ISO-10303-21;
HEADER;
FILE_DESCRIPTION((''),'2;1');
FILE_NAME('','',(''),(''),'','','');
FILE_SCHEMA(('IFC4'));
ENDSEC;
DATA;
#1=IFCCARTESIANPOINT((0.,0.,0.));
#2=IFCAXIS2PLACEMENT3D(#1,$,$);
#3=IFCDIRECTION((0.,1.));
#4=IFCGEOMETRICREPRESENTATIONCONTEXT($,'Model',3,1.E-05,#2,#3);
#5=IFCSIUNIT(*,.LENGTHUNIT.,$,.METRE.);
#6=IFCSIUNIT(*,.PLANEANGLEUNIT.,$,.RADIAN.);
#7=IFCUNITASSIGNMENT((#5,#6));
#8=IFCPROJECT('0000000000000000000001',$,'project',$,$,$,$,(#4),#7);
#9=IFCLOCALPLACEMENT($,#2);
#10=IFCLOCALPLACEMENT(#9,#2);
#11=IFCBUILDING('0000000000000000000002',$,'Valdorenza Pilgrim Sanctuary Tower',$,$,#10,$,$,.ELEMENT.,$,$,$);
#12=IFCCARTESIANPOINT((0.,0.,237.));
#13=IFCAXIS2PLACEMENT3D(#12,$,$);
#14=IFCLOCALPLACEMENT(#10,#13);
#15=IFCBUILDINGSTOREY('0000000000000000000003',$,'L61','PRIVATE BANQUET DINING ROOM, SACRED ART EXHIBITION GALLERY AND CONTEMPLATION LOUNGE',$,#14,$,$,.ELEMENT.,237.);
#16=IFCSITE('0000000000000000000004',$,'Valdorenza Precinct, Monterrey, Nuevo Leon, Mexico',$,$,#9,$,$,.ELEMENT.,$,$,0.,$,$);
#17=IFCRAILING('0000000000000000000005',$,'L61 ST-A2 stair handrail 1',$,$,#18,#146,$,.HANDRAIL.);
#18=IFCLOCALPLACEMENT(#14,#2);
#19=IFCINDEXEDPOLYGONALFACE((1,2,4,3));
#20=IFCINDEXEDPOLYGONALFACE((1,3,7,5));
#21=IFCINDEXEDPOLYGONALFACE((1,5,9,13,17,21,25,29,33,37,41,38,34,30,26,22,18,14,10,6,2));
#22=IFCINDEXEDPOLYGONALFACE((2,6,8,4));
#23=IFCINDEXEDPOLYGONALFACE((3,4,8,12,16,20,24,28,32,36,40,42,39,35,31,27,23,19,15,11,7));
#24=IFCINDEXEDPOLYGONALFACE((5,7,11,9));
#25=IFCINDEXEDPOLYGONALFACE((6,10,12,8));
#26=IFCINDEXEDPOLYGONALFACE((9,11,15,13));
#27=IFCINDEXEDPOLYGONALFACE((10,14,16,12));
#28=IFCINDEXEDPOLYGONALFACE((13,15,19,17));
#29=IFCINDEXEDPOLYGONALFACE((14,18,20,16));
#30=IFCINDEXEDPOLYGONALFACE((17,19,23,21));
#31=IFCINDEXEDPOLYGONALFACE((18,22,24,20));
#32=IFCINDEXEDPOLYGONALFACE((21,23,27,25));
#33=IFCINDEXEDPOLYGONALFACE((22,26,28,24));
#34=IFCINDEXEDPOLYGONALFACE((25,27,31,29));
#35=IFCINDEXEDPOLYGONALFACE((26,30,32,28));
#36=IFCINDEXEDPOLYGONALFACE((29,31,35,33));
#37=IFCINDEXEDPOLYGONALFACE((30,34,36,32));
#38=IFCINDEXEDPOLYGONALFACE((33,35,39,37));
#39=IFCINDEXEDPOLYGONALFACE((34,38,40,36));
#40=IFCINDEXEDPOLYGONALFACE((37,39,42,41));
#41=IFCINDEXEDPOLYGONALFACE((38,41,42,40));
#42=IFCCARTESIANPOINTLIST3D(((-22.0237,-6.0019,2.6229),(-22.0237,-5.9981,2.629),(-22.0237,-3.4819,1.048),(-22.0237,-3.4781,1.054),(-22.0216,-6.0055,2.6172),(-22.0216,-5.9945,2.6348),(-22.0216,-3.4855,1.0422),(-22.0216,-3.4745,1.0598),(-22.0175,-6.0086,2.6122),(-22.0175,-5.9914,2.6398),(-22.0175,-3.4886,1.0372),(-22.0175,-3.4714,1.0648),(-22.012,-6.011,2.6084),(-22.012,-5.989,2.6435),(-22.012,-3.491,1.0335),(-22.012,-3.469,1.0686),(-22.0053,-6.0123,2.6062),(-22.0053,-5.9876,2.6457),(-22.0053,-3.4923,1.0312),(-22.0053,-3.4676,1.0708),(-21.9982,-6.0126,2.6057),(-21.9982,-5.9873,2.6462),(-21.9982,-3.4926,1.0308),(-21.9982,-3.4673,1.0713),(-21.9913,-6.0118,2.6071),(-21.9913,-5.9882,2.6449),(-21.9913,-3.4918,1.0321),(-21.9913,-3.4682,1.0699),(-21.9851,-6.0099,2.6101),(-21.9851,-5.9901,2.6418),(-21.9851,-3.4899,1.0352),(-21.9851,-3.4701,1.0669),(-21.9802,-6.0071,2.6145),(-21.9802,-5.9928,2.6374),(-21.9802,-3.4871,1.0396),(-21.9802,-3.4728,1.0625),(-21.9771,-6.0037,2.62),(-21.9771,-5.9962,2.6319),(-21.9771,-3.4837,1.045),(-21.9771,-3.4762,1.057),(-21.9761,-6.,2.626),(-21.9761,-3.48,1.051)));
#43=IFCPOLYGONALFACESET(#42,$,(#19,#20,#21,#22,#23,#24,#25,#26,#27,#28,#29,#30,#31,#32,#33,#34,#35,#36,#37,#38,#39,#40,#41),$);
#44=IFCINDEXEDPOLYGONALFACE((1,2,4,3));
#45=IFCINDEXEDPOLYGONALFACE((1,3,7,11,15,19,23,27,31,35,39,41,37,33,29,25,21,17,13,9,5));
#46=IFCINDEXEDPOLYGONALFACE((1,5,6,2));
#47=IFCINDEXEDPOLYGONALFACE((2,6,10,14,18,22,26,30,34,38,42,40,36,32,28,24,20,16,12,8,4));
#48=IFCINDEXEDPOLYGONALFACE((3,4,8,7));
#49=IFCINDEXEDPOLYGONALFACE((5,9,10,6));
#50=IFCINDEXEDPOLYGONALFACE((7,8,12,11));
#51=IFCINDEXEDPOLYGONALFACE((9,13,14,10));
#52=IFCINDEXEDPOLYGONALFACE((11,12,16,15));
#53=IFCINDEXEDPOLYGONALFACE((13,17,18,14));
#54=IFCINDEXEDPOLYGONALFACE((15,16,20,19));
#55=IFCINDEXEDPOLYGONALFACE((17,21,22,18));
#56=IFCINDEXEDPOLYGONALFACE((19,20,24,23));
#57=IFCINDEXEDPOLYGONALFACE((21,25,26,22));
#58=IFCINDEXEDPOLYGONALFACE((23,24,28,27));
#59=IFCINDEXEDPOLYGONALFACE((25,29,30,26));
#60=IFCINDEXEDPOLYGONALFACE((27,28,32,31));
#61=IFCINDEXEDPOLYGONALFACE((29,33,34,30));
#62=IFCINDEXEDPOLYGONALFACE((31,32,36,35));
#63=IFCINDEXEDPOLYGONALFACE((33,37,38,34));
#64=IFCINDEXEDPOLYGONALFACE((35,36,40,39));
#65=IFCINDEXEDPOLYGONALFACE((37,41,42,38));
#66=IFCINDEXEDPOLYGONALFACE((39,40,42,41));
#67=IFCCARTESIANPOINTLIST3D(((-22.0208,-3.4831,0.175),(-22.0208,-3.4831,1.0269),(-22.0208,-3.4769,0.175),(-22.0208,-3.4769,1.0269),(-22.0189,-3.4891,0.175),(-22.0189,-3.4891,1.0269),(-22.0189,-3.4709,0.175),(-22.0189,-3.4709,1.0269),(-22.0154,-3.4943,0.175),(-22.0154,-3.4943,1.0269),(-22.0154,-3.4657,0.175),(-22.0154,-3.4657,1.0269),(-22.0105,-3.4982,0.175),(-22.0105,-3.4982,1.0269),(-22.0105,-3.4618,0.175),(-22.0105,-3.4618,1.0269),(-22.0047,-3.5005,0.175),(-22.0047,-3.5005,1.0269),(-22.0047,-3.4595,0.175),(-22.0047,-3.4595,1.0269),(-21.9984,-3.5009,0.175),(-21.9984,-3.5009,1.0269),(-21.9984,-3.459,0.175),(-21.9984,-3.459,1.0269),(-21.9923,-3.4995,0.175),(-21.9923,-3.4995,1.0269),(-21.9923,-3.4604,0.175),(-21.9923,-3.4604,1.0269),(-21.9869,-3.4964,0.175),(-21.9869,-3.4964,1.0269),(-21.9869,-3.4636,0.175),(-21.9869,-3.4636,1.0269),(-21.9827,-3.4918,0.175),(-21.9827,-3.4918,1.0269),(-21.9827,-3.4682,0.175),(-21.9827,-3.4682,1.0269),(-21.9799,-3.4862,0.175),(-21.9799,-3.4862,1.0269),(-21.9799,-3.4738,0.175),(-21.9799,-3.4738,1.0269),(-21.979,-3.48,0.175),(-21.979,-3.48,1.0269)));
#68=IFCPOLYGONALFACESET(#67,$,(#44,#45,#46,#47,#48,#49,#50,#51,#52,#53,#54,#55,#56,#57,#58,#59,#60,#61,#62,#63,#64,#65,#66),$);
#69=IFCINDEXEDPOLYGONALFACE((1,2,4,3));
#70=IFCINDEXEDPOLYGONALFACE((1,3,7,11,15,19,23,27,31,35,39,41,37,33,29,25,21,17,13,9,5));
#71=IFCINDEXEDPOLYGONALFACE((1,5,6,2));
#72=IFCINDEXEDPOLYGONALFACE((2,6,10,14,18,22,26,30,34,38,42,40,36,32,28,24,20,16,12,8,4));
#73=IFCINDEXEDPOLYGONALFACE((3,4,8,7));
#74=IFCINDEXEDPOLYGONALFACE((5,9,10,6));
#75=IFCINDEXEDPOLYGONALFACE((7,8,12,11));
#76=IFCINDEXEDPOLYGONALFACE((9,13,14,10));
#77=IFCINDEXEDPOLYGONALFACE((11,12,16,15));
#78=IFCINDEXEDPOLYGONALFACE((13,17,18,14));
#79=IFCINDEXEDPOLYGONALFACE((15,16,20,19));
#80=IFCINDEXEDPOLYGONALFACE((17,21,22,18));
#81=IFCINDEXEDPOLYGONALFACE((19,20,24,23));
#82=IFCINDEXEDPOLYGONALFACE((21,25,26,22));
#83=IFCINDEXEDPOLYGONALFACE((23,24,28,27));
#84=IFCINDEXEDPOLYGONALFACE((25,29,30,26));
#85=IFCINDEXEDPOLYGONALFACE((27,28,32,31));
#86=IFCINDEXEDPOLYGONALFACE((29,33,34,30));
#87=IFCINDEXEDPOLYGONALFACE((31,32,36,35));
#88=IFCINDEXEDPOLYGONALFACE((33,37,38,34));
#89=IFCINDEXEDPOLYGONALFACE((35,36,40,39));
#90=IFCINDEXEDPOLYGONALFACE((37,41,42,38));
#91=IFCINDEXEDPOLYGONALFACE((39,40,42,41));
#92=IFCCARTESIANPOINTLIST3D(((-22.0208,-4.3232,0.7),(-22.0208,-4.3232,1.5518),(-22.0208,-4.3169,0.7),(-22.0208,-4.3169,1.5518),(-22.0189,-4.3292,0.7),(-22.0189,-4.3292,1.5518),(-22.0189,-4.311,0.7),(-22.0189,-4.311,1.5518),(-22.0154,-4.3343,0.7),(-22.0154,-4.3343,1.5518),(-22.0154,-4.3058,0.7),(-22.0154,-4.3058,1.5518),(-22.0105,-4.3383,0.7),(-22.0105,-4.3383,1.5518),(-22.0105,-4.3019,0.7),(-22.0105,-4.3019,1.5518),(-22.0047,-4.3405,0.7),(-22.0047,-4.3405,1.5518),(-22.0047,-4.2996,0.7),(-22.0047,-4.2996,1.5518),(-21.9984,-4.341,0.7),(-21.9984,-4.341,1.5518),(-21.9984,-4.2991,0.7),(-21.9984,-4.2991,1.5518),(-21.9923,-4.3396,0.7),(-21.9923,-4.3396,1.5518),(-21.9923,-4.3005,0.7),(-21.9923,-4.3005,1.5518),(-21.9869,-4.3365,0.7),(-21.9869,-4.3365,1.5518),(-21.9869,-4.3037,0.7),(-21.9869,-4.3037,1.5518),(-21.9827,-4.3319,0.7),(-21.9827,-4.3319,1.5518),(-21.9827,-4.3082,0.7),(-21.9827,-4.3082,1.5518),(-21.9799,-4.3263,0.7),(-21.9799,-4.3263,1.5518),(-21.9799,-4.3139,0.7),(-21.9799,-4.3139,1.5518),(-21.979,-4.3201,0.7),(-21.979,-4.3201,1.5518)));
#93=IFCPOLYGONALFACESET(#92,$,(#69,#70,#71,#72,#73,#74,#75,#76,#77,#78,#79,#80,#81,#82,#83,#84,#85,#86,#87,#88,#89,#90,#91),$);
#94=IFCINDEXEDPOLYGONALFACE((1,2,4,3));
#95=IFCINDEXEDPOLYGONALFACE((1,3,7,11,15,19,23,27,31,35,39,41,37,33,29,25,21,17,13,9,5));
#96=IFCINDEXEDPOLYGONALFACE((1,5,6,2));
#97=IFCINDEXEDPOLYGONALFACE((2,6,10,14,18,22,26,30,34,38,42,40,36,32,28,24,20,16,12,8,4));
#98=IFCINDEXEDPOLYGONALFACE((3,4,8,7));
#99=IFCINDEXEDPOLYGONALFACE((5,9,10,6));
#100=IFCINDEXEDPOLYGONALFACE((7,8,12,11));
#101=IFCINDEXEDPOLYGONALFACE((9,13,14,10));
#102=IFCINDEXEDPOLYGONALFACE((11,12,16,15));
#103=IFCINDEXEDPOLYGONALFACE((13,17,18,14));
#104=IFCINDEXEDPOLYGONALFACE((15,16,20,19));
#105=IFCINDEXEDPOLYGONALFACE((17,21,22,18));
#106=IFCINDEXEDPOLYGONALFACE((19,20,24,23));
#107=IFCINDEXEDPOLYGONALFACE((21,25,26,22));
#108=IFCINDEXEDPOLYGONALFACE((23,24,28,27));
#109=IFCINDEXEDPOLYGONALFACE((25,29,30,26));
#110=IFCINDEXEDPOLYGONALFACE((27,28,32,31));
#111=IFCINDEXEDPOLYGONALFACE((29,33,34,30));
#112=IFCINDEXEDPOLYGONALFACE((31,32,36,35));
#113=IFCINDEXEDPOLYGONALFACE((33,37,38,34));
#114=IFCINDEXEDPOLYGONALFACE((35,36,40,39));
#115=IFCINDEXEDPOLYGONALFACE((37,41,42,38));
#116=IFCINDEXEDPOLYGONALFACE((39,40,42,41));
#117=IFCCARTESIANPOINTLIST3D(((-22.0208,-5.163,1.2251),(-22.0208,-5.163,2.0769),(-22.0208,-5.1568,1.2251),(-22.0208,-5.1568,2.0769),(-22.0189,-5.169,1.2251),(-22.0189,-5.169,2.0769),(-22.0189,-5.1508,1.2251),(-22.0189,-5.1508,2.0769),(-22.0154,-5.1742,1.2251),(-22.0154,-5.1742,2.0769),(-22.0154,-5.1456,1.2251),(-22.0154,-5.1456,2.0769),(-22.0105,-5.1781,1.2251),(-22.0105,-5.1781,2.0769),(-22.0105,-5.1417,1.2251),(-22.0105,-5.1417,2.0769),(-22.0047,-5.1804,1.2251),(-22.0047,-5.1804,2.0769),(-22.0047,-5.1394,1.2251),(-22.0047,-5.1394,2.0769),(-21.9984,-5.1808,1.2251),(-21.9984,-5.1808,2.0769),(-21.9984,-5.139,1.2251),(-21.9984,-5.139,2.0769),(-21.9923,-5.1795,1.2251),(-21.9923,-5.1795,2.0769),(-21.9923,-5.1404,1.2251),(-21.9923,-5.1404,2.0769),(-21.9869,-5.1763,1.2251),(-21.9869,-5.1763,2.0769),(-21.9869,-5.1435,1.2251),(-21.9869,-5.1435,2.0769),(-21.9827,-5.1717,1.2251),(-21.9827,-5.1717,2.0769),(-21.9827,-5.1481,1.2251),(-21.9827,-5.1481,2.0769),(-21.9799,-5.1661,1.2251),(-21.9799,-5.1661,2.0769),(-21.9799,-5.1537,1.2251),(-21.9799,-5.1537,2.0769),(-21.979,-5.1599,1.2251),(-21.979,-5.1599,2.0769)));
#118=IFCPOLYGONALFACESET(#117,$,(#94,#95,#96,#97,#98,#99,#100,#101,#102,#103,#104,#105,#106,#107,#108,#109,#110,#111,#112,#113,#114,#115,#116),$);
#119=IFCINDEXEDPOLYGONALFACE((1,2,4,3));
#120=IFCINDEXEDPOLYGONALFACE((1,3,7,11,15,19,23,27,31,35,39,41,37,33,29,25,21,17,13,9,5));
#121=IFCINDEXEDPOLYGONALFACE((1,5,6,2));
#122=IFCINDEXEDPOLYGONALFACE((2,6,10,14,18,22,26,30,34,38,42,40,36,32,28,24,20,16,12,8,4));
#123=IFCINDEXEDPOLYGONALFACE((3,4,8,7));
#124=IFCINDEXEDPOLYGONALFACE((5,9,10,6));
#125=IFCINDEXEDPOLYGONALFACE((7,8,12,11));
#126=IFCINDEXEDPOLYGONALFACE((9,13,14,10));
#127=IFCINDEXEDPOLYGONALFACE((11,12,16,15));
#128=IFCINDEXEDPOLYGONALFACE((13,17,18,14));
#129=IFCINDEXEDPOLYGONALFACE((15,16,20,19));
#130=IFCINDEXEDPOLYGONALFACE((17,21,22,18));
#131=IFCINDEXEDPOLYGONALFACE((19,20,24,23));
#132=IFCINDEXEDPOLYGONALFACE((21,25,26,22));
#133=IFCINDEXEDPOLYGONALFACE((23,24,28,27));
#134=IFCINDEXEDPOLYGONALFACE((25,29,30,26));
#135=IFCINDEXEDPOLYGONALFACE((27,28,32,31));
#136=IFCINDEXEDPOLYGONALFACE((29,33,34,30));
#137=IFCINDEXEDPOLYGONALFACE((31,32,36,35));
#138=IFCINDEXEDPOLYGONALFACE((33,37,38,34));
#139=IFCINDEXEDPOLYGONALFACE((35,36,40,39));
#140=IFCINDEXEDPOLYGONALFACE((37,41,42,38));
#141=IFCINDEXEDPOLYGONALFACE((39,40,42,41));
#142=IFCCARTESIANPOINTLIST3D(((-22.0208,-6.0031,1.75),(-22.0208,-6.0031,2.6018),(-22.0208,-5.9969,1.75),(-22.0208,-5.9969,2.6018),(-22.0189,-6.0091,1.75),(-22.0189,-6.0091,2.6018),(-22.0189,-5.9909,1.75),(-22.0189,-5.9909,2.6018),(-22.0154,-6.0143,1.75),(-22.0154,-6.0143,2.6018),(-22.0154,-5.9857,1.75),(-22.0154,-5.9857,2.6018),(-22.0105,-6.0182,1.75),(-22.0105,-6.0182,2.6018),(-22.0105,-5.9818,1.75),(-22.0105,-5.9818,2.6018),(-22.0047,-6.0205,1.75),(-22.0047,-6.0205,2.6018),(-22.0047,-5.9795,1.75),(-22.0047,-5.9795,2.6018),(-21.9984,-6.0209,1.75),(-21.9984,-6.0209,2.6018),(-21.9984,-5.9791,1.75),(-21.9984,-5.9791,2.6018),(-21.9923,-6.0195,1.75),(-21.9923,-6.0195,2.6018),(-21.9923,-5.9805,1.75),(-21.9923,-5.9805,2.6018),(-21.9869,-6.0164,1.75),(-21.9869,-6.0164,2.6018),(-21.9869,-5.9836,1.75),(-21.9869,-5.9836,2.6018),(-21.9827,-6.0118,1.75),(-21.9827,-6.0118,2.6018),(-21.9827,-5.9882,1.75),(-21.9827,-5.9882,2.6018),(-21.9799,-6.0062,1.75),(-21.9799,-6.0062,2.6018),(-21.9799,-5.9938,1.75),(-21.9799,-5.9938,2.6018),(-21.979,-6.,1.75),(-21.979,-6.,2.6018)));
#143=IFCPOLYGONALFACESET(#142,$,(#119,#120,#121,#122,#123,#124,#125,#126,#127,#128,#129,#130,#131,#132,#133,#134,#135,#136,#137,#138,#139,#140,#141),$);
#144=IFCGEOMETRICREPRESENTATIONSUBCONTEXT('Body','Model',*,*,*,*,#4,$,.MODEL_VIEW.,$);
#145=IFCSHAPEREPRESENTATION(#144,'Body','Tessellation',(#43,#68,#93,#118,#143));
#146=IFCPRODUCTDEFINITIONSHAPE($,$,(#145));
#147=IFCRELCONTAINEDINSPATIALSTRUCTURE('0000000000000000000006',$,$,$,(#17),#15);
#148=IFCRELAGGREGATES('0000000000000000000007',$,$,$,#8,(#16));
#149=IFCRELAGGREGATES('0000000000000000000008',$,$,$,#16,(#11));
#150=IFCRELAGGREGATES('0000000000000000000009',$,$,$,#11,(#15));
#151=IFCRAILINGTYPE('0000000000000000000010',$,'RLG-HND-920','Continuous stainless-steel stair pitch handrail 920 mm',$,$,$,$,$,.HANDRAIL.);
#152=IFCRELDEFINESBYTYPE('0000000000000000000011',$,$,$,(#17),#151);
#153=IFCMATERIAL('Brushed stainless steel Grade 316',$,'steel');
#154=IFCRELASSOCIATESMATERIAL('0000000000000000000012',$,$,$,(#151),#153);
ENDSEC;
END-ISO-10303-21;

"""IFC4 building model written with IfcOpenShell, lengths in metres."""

from ifc_helpers import new_model, si_unit, direction, frame, origin, origin_2d, place, context, subcontext, project, spatial, circle, extrude, material, type_object, element, save


model = new_model("IFC4")

# Units and contexts
model_context = context("Model", 3, precision=1e-05, world=origin(), true_north=direction((0.0, 1.0)))
body_context = subcontext(model_context, "Body", "Model", "MODEL_VIEW")
ifc_project = project(units=[si_unit("LENGTHUNIT", "METRE"), si_unit("PLANEANGLEUNIT", "RADIAN")], contexts=[model_context])

# Site, building, storey
site_placement = place(None, origin())
site = spatial("IfcSite", under=ifc_project, at=site_placement, Name="Valdorenza Precinct, Monterrey, Nuevo Leon, Mexico", CompositionType="ELEMENT", RefElevation=0.0)
building_placement = place(site_placement, origin())
building = spatial("IfcBuilding", under=site, at=building_placement, Name="Valdorenza Pilgrim Sanctuary Tower", CompositionType="ELEMENT")
storey_placement = place(building_placement, frame((0.0, 0.0, 237.0)))
storey = spatial("IfcBuildingStorey", under=building, at=storey_placement, Name="L61", Description="PRIVATE BANQUET DINING ROOM, SACRED ART EXHIBITION GALLERY AND CONTEMPLATION LOUNGE", CompositionType="ELEMENT", Elevation=237.0)

# Shared definitions
ifc_material_1 = material(Name="Brushed stainless steel Grade 316", Category="steel")

# Railing
railing_type_1 = type_object("IfcRailingType", Name="RLG-HND-920", Description="Continuous stainless-steel stair pitch handrail 920 mm", PredefinedType="HANDRAIL", material=ifc_material_1)
railing_1_placement = place(storey_placement, frame((-22.0, -3.48, 0.175)))
element("IfcRailing", 1, at=railing_1_placement, inside=storey, type_object=railing_type_1, Name="L61 ST-A2 stair handrail 1", PredefinedType="HANDRAIL", context=body_context, shape_type="SweptSolid", body=[
    extrude(circle(Radius=0.0239, at=origin_2d()), frame((0.0, 0.0, 0.876), z_axis=(0.0, -0.848008, 0.529984), x_axis=(1.0, 0.0, 0.0)), (0.0, 0.0, 1.0), 2.9717),
    extrude(circle(Radius=0.021, at=origin_2d()), origin(), (0.0, 0.0, 1.0), 0.8518),
    extrude(circle(Radius=0.021, at=origin_2d()), frame((0.0, -0.8401, 0.5249)), (0.0, 0.0, 1.0), 0.8518),
    extrude(circle(Radius=0.021, at=origin_2d()), frame((0.0, -1.6799, 1.05)), (0.0, 0.0, 1.0), 0.8518),
    extrude(circle(Radius=0.021, at=origin_2d()), frame((0.0, -2.52, 1.575)), (0.0, 0.0, 1.0), 0.8518),
])

save(model, "model.ifc")
